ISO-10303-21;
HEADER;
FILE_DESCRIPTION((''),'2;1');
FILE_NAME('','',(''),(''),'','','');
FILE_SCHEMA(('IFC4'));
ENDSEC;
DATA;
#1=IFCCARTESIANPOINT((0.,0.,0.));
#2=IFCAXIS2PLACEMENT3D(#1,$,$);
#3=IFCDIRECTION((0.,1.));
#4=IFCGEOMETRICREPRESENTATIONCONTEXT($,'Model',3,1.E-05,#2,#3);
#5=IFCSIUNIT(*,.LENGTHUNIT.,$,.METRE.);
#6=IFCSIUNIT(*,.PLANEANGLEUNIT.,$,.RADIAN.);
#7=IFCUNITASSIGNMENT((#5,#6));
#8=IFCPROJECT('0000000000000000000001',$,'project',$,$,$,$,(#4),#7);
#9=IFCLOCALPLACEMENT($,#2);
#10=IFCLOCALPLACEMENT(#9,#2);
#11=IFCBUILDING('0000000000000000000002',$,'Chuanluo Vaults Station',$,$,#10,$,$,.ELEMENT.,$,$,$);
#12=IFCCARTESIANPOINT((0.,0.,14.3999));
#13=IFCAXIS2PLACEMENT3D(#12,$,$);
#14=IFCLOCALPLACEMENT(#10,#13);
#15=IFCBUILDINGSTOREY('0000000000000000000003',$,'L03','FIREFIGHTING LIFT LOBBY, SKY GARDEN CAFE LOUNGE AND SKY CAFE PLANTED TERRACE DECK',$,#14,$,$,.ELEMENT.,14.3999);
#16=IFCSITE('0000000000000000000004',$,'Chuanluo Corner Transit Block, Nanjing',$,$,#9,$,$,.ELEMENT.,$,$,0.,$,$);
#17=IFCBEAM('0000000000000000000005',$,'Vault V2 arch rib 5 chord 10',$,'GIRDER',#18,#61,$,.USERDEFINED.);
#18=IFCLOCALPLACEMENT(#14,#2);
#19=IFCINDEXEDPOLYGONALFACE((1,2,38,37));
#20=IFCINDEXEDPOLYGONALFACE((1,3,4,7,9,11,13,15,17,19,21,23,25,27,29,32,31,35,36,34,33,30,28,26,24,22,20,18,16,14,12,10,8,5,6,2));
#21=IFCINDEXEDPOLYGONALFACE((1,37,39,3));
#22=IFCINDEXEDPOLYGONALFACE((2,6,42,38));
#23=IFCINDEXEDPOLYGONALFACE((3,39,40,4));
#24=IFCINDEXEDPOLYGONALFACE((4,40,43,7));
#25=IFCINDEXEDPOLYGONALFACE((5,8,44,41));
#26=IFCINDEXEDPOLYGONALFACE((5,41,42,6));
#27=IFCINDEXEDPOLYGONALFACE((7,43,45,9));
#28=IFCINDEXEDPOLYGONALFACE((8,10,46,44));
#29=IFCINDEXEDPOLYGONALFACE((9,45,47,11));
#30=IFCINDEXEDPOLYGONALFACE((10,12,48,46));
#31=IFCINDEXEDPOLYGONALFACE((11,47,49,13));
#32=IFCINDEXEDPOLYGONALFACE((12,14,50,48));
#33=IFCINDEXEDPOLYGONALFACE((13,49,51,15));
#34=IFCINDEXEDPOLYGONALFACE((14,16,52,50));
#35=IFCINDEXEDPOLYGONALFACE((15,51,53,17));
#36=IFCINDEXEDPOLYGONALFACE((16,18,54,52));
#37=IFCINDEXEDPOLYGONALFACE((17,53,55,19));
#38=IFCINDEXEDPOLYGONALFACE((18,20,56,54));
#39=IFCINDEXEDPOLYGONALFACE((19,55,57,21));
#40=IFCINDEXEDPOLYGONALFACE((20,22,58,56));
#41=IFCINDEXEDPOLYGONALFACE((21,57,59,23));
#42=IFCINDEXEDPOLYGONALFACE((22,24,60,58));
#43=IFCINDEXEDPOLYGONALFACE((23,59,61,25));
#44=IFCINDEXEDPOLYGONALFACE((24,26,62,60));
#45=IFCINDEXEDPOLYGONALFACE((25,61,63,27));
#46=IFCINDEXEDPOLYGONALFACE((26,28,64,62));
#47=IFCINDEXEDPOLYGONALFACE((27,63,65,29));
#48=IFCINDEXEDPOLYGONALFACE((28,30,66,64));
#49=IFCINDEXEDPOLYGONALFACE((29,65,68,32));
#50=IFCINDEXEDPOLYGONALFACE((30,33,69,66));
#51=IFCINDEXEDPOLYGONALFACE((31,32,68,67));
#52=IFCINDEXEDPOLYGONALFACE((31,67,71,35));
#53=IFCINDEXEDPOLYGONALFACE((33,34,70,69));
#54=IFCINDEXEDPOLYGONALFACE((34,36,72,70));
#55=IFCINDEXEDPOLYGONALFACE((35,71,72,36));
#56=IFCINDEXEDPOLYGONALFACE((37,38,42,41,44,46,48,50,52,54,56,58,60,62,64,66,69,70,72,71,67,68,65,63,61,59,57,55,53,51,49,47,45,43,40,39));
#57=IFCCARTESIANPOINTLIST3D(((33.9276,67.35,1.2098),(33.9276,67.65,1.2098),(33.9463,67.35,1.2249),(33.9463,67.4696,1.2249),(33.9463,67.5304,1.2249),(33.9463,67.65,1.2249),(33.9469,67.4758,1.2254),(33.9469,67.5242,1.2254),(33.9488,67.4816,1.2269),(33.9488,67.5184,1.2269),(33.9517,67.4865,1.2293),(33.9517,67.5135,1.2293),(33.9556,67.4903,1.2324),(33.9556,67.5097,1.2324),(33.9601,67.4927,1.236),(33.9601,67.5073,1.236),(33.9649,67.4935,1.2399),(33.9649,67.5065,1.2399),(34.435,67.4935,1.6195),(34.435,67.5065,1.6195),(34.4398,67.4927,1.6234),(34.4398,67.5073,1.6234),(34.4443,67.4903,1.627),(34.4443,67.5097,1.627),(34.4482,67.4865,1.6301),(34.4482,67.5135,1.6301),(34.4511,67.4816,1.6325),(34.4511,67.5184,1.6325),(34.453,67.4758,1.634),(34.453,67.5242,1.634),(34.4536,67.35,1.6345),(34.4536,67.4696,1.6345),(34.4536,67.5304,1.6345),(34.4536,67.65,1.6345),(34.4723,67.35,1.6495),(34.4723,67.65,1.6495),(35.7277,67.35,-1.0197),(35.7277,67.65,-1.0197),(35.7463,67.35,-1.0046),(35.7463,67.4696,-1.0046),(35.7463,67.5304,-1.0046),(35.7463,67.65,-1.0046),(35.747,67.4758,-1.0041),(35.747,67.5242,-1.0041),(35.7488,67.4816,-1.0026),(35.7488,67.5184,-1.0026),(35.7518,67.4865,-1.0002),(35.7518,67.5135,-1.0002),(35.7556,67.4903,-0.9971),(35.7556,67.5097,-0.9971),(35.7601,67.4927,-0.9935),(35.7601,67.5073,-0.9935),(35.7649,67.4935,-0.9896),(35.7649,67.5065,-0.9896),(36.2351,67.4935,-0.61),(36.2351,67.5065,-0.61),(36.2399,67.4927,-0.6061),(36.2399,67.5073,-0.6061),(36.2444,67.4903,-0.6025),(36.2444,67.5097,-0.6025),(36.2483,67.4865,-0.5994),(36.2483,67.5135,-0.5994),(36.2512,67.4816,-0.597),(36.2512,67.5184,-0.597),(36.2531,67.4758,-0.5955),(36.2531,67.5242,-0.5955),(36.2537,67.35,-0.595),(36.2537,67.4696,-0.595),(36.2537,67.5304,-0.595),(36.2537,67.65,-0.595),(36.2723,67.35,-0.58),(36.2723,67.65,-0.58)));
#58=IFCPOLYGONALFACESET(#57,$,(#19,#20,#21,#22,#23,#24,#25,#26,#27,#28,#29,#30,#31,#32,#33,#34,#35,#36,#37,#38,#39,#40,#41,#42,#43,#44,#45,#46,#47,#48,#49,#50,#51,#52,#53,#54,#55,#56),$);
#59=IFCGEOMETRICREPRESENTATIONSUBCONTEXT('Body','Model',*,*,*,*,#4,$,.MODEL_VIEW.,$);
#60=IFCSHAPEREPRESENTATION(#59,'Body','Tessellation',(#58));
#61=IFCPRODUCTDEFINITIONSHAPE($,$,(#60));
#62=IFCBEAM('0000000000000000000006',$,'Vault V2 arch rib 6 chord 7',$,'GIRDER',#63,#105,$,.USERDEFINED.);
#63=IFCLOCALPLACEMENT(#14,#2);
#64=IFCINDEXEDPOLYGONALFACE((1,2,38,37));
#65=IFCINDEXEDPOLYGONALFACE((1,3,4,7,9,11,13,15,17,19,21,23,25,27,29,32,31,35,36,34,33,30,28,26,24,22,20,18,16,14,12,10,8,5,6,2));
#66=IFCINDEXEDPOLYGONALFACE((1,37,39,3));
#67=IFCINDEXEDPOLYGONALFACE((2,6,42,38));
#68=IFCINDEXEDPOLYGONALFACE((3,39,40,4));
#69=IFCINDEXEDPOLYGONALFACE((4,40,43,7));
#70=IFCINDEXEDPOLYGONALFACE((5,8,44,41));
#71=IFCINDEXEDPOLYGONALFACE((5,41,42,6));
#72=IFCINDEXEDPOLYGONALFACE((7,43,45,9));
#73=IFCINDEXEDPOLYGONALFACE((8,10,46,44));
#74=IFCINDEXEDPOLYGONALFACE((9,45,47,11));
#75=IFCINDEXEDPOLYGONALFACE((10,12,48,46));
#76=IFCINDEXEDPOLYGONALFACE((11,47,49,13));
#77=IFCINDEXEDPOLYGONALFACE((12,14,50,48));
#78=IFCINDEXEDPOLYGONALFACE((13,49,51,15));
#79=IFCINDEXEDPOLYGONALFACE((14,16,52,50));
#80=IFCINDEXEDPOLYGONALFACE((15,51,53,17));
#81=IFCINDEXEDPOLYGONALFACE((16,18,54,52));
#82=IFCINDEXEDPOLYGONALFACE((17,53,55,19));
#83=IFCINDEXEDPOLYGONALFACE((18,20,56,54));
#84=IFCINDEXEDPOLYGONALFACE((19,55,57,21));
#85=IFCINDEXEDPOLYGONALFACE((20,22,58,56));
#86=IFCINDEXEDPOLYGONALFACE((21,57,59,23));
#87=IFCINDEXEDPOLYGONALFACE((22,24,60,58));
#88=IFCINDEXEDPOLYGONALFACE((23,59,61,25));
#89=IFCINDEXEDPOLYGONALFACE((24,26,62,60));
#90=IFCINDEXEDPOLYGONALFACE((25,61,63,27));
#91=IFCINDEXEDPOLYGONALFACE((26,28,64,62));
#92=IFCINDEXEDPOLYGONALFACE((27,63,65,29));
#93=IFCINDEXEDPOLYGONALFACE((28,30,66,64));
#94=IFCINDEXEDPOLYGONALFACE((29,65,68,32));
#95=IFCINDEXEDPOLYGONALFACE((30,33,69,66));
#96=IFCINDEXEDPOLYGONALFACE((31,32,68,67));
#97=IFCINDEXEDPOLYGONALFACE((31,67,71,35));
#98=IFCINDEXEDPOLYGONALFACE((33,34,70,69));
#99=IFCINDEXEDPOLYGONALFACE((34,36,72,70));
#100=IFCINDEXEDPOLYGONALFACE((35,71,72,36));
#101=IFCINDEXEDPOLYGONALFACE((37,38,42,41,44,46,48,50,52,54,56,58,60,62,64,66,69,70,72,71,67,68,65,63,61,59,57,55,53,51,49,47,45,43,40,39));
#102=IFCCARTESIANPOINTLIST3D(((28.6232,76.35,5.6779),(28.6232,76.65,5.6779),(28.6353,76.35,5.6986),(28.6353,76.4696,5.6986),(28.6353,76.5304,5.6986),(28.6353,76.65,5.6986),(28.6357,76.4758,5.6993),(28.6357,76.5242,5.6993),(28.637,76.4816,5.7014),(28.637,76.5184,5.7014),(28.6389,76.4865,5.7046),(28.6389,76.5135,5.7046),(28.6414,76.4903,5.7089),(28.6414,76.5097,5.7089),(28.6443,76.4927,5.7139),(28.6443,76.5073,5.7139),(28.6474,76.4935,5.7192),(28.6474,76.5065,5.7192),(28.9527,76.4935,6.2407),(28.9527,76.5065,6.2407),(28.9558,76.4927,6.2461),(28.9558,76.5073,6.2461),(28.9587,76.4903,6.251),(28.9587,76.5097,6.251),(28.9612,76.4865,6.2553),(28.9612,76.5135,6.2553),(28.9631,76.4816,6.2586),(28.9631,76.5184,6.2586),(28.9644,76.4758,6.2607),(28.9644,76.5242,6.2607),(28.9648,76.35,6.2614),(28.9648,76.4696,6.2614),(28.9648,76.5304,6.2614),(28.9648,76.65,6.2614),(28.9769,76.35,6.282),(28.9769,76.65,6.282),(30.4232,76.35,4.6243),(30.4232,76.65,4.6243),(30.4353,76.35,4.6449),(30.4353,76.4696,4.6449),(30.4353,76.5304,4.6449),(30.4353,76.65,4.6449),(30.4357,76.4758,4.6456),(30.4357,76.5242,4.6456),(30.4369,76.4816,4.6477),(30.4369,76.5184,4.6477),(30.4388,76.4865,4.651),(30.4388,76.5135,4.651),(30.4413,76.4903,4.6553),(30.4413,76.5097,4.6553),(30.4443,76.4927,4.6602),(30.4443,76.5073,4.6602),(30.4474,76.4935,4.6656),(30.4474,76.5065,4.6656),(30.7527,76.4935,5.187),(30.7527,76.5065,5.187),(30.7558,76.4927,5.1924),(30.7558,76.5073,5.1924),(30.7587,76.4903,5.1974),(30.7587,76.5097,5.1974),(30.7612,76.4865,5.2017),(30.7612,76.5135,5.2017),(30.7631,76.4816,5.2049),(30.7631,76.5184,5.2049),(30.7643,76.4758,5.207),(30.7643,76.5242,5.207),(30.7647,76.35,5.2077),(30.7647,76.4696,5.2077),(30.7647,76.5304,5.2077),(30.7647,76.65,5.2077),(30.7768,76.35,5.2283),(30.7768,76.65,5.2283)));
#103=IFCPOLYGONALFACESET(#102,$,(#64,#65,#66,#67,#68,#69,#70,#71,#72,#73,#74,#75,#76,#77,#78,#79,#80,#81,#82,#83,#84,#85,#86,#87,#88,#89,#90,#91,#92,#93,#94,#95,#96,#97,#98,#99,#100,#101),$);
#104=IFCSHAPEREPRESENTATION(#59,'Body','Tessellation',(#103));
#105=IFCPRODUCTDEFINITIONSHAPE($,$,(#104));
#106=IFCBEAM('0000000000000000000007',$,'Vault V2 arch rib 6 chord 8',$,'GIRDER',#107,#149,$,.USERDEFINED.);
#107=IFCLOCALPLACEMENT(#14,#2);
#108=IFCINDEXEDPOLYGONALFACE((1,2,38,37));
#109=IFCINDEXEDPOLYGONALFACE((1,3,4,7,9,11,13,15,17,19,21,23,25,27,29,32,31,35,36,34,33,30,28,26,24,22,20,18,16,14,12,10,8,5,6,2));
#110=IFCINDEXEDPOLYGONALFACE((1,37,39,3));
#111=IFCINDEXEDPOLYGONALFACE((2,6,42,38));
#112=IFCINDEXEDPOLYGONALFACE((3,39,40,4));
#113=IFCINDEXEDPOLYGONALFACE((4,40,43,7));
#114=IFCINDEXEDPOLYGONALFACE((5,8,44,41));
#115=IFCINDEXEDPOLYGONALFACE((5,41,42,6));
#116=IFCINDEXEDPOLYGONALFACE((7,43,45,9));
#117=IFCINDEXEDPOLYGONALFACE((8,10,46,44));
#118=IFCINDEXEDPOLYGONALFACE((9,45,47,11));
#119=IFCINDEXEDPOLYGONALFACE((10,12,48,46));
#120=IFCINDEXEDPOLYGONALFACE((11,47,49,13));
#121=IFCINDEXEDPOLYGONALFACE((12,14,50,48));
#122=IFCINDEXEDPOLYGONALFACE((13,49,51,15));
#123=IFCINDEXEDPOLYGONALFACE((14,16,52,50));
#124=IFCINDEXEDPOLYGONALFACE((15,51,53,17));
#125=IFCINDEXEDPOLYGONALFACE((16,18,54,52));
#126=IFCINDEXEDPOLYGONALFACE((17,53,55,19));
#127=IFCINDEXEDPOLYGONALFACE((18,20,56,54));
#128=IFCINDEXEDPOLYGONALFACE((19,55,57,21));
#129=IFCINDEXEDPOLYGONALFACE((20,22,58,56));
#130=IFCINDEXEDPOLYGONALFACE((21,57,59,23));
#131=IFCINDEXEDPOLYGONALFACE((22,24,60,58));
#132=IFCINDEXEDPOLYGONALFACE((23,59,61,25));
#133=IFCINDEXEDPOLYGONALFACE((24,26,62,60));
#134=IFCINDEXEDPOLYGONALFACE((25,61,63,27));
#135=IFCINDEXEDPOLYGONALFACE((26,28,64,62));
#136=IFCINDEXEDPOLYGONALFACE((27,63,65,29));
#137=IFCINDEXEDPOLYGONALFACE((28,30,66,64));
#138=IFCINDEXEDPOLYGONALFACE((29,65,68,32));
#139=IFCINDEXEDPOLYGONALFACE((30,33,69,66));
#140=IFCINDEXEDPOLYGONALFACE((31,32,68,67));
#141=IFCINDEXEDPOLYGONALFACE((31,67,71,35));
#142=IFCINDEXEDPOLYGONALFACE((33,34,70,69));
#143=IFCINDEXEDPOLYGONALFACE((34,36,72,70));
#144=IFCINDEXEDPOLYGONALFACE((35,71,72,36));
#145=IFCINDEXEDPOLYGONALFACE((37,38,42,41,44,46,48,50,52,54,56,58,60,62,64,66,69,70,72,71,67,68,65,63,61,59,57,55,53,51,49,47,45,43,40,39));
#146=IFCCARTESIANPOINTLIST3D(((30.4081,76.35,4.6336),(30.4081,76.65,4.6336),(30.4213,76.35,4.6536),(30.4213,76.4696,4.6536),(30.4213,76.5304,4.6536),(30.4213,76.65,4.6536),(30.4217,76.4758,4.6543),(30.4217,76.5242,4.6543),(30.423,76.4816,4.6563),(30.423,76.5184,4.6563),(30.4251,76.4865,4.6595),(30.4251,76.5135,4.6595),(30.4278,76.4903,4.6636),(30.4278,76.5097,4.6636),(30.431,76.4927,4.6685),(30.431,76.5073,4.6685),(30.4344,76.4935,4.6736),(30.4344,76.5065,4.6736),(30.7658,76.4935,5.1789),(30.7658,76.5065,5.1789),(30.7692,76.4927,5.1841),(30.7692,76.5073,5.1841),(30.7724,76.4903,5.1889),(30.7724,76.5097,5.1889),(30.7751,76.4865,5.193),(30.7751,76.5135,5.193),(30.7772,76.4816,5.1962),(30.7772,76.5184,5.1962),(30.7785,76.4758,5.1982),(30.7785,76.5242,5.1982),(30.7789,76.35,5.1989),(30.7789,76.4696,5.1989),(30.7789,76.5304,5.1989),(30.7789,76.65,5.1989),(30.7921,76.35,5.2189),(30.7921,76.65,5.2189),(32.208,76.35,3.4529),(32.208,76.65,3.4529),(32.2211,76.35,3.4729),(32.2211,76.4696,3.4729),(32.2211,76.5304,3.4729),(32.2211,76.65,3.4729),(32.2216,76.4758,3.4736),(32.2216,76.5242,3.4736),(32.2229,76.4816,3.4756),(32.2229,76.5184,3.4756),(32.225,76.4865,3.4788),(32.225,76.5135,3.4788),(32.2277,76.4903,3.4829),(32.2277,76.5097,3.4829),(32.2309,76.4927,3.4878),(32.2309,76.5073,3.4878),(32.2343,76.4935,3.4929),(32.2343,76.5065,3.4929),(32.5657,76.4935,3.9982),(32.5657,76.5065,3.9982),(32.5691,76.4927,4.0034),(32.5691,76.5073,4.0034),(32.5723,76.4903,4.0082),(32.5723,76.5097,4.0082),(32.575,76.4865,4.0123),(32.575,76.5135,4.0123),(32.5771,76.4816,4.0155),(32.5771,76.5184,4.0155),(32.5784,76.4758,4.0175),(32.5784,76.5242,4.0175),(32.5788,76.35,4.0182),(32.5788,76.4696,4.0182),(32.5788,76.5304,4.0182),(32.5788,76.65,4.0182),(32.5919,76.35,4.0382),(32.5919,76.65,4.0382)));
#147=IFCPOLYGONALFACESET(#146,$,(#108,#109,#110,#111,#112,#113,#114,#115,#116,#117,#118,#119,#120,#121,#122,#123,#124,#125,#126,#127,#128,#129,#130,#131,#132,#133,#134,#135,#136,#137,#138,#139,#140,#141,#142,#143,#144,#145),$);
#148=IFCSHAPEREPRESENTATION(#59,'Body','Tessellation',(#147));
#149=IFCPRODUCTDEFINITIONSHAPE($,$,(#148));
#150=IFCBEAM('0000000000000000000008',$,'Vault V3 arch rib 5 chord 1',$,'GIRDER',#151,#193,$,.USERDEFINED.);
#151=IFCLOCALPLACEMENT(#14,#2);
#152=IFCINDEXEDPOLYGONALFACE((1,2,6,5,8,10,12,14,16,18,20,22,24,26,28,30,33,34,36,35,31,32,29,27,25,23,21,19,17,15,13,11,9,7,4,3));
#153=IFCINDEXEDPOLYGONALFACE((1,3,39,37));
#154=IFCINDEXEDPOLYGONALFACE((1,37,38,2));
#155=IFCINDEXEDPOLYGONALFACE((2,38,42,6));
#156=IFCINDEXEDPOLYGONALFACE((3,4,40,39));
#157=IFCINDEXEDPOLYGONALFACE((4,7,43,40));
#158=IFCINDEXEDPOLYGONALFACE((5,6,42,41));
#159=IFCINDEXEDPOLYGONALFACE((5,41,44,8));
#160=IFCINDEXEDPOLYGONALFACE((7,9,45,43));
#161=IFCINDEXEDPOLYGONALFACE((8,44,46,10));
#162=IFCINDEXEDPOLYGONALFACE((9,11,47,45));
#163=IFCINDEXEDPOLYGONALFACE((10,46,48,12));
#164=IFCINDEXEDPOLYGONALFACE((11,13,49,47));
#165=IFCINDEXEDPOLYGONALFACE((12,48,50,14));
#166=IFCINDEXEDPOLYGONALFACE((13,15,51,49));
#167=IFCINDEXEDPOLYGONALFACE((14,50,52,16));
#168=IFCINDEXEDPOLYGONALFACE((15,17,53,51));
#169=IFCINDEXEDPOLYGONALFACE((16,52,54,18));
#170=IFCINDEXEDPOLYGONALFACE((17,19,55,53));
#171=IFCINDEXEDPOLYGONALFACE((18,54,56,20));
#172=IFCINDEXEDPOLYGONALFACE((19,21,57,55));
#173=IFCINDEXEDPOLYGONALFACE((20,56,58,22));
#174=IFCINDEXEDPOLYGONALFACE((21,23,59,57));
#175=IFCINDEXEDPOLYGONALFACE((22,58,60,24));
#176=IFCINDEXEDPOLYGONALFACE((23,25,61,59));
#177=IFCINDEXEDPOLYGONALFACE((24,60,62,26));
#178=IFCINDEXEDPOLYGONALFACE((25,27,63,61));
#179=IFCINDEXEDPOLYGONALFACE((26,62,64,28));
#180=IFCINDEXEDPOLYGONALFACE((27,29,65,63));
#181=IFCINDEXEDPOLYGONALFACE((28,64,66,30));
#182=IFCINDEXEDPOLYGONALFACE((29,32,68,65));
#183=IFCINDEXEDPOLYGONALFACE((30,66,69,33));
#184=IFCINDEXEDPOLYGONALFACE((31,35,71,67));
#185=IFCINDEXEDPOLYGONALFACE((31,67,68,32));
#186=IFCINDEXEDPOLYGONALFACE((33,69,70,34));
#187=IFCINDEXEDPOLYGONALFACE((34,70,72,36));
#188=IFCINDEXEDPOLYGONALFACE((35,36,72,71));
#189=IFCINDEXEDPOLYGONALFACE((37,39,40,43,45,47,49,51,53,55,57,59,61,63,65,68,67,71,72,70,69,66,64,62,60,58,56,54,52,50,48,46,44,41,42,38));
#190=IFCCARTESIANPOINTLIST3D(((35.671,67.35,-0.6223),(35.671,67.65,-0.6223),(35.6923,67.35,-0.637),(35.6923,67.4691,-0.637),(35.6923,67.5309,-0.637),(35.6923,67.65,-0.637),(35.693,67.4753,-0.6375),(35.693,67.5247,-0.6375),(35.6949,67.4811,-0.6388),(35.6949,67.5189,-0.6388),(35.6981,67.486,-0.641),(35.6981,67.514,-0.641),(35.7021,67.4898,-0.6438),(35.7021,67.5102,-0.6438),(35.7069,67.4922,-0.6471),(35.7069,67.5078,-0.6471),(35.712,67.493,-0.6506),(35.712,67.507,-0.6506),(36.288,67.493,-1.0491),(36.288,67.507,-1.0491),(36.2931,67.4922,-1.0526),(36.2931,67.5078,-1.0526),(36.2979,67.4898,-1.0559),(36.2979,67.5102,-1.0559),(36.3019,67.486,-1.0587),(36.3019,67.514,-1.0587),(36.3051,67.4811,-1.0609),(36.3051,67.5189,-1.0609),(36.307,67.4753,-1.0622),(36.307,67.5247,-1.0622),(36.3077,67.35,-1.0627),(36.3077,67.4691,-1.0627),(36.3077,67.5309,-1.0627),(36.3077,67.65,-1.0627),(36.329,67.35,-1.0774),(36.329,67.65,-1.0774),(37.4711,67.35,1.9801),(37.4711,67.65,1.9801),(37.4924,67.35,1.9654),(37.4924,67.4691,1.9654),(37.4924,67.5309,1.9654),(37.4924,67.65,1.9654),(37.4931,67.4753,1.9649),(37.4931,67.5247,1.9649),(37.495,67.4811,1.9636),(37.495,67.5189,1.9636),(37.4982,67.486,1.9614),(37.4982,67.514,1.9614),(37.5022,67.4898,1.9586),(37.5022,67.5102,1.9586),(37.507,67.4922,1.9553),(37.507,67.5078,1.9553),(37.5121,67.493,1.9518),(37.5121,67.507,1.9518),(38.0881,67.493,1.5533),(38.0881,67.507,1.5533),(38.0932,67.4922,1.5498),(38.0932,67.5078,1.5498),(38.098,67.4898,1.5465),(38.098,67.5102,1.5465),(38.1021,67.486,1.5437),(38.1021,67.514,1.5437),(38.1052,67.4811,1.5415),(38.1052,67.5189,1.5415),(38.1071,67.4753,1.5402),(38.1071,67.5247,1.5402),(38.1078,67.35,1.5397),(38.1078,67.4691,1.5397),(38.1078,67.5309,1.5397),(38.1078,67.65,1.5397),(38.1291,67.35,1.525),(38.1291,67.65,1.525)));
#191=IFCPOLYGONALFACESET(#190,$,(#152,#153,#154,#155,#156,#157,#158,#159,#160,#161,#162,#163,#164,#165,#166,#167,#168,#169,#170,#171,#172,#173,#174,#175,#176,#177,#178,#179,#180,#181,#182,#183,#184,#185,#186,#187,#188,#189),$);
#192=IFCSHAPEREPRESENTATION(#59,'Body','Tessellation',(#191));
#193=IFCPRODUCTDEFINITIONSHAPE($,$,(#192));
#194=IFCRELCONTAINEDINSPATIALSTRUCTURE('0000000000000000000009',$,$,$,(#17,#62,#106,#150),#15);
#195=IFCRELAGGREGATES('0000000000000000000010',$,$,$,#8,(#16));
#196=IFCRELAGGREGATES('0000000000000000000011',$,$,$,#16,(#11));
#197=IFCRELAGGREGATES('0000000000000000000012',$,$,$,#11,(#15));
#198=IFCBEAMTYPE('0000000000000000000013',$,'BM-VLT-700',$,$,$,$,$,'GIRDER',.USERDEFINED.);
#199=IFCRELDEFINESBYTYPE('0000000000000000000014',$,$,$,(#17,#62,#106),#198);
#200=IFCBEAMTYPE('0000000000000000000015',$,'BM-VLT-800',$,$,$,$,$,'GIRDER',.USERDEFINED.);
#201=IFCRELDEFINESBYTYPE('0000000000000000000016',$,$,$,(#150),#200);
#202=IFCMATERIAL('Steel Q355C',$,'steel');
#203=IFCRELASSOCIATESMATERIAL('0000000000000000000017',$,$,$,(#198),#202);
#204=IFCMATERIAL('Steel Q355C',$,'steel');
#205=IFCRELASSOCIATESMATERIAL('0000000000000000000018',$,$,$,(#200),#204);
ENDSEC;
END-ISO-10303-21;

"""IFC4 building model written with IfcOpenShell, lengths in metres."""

from ifc_helpers import new_model, si_unit, direction, frame, origin, origin_2d, place, context, subcontext, project, spatial, i_section, extrude, material, material_profile, profile_set, type_object, element, save


model = new_model("IFC4")

# Units and contexts
model_context = context("Model", 3, precision=1e-05, world=origin(), true_north=direction((0.0, 1.0)))
body_context = subcontext(model_context, "Body", "Model", "MODEL_VIEW")
ifc_project = project(units=[si_unit("LENGTHUNIT", "METRE"), si_unit("PLANEANGLEUNIT", "RADIAN")], contexts=[model_context])

# Site, building, storey
site_placement = place(None, origin())
site = spatial("IfcSite", under=ifc_project, at=site_placement, Name="Chuanluo Corner Transit Block, Nanjing", CompositionType="ELEMENT", RefElevation=0.0)
building_placement = place(site_placement, origin())
building = spatial("IfcBuilding", under=site, at=building_placement, Name="Chuanluo Vaults Station", CompositionType="ELEMENT")
storey_placement = place(building_placement, frame((0.0, 0.0, 14.3999)))
storey = spatial("IfcBuildingStorey", under=building, at=storey_placement, Name="L03", Description="FIREFIGHTING LIFT LOBBY, SKY GARDEN CAFE LOUNGE AND SKY CAFE PLANTED TERRACE DECK", CompositionType="ELEMENT", Elevation=14.3999)

# Beams
ifc_material_1 = material(Name="Steel Q355C", Category="steel")
ifc_material_profile_1 = material_profile(ifc_material_1, i_section(OverallWidth=0.3, OverallDepth=0.7, WebThickness=0.0129, FlangeThickness=0.0239, FilletRadius=0.0239, at=origin_2d()))
ifc_profile_set_1 = profile_set([ifc_material_profile_1], Name="Steel Q355C")
beam_type_1 = type_object("IfcBeamType", Name="BM-VLT-700", ElementType="GIRDER", PredefinedType="USERDEFINED", material=ifc_profile_set_1)
beam_1_placement = place(storey_placement, frame((34.2, 67.5, 1.4297), z_axis=(0.62819, 0.0, -0.77806), x_axis=(0.0, 1.0, 0.0)))
element("IfcBeam", 1, at=beam_1_placement, inside=storey, type_object=beam_type_1, Name="Vault V2 arch rib 5 chord 10", ObjectType="GIRDER", PredefinedType="USERDEFINED", context=body_context, shape_type="SweptSolid", body=[
    extrude(i_section(OverallWidth=0.3, OverallDepth=0.7, WebThickness=0.0129, FlangeThickness=0.0239, FilletRadius=0.0239, at=origin_2d()), origin(), (0.0, 0.0, 1.0), 2.8655),
])
beam_2_placement = place(storey_placement, frame((28.8, 76.5, 5.98), z_axis=(0.863009, 0.0, -0.505188), x_axis=(0.0, 1.0, 0.0)))
element("IfcBeam", 2, at=beam_2_placement, inside=storey, type_object=beam_type_1, Name="Vault V2 arch rib 6 chord 7", ObjectType="GIRDER", PredefinedType="USERDEFINED", context=body_context, shape_type="SweptSolid", body=[
    extrude(i_section(OverallWidth=0.3, OverallDepth=0.7, WebThickness=0.0129, FlangeThickness=0.0239, FilletRadius=0.0239, at=origin_2d()), origin(), (0.0, 0.0, 1.0), 2.0857),
])
beam_3_placement = place(storey_placement, frame((30.6001, 76.5, 4.9263), z_axis=(0.836145, 0.0, -0.548508), x_axis=(0.0, 1.0, 0.0)))
element("IfcBeam", 3, at=beam_3_placement, inside=storey, type_object=beam_type_1, Name="Vault V2 arch rib 6 chord 8", ObjectType="GIRDER", PredefinedType="USERDEFINED", context=body_context, shape_type="SweptSolid", body=[
    extrude(i_section(OverallWidth=0.3, OverallDepth=0.7, WebThickness=0.0129, FlangeThickness=0.0239, FilletRadius=0.0239, at=origin_2d()), origin(), (0.0, 0.0, 1.0), 2.1526),
])
ifc_material_2 = material(Name="Steel Q355C", Category="steel")
ifc_material_profile_2 = material_profile(ifc_material_2, i_section(OverallWidth=0.3, OverallDepth=0.8, WebThickness=0.0139, FlangeThickness=0.0259, FilletRadius=0.0239, at=origin_2d()))
ifc_profile_set_2 = profile_set([ifc_material_profile_2], Name="Steel Q355C")
beam_type_2 = type_object("IfcBeamType", Name="BM-VLT-800", ElementType="GIRDER", PredefinedType="USERDEFINED", material=ifc_profile_set_2)
beam_4_placement = place(storey_placement, frame((36.0, 67.5, -0.8499), z_axis=(0.568881, 0.0, 0.82242), x_axis=(0.0, 1.0, 0.0)))
element("IfcBeam", 4, at=beam_4_placement, inside=storey, type_object=beam_type_2, Name="Vault V3 arch rib 5 chord 1", ObjectType="GIRDER", PredefinedType="USERDEFINED", context=body_context, shape_type="SweptSolid", body=[
    extrude(i_section(OverallWidth=0.3, OverallDepth=0.8, WebThickness=0.0139, FlangeThickness=0.0259, FilletRadius=0.0239, at=origin_2d()), origin(), (0.0, 0.0, 1.0), 3.1643),
])

save(model, "model.ifc")
